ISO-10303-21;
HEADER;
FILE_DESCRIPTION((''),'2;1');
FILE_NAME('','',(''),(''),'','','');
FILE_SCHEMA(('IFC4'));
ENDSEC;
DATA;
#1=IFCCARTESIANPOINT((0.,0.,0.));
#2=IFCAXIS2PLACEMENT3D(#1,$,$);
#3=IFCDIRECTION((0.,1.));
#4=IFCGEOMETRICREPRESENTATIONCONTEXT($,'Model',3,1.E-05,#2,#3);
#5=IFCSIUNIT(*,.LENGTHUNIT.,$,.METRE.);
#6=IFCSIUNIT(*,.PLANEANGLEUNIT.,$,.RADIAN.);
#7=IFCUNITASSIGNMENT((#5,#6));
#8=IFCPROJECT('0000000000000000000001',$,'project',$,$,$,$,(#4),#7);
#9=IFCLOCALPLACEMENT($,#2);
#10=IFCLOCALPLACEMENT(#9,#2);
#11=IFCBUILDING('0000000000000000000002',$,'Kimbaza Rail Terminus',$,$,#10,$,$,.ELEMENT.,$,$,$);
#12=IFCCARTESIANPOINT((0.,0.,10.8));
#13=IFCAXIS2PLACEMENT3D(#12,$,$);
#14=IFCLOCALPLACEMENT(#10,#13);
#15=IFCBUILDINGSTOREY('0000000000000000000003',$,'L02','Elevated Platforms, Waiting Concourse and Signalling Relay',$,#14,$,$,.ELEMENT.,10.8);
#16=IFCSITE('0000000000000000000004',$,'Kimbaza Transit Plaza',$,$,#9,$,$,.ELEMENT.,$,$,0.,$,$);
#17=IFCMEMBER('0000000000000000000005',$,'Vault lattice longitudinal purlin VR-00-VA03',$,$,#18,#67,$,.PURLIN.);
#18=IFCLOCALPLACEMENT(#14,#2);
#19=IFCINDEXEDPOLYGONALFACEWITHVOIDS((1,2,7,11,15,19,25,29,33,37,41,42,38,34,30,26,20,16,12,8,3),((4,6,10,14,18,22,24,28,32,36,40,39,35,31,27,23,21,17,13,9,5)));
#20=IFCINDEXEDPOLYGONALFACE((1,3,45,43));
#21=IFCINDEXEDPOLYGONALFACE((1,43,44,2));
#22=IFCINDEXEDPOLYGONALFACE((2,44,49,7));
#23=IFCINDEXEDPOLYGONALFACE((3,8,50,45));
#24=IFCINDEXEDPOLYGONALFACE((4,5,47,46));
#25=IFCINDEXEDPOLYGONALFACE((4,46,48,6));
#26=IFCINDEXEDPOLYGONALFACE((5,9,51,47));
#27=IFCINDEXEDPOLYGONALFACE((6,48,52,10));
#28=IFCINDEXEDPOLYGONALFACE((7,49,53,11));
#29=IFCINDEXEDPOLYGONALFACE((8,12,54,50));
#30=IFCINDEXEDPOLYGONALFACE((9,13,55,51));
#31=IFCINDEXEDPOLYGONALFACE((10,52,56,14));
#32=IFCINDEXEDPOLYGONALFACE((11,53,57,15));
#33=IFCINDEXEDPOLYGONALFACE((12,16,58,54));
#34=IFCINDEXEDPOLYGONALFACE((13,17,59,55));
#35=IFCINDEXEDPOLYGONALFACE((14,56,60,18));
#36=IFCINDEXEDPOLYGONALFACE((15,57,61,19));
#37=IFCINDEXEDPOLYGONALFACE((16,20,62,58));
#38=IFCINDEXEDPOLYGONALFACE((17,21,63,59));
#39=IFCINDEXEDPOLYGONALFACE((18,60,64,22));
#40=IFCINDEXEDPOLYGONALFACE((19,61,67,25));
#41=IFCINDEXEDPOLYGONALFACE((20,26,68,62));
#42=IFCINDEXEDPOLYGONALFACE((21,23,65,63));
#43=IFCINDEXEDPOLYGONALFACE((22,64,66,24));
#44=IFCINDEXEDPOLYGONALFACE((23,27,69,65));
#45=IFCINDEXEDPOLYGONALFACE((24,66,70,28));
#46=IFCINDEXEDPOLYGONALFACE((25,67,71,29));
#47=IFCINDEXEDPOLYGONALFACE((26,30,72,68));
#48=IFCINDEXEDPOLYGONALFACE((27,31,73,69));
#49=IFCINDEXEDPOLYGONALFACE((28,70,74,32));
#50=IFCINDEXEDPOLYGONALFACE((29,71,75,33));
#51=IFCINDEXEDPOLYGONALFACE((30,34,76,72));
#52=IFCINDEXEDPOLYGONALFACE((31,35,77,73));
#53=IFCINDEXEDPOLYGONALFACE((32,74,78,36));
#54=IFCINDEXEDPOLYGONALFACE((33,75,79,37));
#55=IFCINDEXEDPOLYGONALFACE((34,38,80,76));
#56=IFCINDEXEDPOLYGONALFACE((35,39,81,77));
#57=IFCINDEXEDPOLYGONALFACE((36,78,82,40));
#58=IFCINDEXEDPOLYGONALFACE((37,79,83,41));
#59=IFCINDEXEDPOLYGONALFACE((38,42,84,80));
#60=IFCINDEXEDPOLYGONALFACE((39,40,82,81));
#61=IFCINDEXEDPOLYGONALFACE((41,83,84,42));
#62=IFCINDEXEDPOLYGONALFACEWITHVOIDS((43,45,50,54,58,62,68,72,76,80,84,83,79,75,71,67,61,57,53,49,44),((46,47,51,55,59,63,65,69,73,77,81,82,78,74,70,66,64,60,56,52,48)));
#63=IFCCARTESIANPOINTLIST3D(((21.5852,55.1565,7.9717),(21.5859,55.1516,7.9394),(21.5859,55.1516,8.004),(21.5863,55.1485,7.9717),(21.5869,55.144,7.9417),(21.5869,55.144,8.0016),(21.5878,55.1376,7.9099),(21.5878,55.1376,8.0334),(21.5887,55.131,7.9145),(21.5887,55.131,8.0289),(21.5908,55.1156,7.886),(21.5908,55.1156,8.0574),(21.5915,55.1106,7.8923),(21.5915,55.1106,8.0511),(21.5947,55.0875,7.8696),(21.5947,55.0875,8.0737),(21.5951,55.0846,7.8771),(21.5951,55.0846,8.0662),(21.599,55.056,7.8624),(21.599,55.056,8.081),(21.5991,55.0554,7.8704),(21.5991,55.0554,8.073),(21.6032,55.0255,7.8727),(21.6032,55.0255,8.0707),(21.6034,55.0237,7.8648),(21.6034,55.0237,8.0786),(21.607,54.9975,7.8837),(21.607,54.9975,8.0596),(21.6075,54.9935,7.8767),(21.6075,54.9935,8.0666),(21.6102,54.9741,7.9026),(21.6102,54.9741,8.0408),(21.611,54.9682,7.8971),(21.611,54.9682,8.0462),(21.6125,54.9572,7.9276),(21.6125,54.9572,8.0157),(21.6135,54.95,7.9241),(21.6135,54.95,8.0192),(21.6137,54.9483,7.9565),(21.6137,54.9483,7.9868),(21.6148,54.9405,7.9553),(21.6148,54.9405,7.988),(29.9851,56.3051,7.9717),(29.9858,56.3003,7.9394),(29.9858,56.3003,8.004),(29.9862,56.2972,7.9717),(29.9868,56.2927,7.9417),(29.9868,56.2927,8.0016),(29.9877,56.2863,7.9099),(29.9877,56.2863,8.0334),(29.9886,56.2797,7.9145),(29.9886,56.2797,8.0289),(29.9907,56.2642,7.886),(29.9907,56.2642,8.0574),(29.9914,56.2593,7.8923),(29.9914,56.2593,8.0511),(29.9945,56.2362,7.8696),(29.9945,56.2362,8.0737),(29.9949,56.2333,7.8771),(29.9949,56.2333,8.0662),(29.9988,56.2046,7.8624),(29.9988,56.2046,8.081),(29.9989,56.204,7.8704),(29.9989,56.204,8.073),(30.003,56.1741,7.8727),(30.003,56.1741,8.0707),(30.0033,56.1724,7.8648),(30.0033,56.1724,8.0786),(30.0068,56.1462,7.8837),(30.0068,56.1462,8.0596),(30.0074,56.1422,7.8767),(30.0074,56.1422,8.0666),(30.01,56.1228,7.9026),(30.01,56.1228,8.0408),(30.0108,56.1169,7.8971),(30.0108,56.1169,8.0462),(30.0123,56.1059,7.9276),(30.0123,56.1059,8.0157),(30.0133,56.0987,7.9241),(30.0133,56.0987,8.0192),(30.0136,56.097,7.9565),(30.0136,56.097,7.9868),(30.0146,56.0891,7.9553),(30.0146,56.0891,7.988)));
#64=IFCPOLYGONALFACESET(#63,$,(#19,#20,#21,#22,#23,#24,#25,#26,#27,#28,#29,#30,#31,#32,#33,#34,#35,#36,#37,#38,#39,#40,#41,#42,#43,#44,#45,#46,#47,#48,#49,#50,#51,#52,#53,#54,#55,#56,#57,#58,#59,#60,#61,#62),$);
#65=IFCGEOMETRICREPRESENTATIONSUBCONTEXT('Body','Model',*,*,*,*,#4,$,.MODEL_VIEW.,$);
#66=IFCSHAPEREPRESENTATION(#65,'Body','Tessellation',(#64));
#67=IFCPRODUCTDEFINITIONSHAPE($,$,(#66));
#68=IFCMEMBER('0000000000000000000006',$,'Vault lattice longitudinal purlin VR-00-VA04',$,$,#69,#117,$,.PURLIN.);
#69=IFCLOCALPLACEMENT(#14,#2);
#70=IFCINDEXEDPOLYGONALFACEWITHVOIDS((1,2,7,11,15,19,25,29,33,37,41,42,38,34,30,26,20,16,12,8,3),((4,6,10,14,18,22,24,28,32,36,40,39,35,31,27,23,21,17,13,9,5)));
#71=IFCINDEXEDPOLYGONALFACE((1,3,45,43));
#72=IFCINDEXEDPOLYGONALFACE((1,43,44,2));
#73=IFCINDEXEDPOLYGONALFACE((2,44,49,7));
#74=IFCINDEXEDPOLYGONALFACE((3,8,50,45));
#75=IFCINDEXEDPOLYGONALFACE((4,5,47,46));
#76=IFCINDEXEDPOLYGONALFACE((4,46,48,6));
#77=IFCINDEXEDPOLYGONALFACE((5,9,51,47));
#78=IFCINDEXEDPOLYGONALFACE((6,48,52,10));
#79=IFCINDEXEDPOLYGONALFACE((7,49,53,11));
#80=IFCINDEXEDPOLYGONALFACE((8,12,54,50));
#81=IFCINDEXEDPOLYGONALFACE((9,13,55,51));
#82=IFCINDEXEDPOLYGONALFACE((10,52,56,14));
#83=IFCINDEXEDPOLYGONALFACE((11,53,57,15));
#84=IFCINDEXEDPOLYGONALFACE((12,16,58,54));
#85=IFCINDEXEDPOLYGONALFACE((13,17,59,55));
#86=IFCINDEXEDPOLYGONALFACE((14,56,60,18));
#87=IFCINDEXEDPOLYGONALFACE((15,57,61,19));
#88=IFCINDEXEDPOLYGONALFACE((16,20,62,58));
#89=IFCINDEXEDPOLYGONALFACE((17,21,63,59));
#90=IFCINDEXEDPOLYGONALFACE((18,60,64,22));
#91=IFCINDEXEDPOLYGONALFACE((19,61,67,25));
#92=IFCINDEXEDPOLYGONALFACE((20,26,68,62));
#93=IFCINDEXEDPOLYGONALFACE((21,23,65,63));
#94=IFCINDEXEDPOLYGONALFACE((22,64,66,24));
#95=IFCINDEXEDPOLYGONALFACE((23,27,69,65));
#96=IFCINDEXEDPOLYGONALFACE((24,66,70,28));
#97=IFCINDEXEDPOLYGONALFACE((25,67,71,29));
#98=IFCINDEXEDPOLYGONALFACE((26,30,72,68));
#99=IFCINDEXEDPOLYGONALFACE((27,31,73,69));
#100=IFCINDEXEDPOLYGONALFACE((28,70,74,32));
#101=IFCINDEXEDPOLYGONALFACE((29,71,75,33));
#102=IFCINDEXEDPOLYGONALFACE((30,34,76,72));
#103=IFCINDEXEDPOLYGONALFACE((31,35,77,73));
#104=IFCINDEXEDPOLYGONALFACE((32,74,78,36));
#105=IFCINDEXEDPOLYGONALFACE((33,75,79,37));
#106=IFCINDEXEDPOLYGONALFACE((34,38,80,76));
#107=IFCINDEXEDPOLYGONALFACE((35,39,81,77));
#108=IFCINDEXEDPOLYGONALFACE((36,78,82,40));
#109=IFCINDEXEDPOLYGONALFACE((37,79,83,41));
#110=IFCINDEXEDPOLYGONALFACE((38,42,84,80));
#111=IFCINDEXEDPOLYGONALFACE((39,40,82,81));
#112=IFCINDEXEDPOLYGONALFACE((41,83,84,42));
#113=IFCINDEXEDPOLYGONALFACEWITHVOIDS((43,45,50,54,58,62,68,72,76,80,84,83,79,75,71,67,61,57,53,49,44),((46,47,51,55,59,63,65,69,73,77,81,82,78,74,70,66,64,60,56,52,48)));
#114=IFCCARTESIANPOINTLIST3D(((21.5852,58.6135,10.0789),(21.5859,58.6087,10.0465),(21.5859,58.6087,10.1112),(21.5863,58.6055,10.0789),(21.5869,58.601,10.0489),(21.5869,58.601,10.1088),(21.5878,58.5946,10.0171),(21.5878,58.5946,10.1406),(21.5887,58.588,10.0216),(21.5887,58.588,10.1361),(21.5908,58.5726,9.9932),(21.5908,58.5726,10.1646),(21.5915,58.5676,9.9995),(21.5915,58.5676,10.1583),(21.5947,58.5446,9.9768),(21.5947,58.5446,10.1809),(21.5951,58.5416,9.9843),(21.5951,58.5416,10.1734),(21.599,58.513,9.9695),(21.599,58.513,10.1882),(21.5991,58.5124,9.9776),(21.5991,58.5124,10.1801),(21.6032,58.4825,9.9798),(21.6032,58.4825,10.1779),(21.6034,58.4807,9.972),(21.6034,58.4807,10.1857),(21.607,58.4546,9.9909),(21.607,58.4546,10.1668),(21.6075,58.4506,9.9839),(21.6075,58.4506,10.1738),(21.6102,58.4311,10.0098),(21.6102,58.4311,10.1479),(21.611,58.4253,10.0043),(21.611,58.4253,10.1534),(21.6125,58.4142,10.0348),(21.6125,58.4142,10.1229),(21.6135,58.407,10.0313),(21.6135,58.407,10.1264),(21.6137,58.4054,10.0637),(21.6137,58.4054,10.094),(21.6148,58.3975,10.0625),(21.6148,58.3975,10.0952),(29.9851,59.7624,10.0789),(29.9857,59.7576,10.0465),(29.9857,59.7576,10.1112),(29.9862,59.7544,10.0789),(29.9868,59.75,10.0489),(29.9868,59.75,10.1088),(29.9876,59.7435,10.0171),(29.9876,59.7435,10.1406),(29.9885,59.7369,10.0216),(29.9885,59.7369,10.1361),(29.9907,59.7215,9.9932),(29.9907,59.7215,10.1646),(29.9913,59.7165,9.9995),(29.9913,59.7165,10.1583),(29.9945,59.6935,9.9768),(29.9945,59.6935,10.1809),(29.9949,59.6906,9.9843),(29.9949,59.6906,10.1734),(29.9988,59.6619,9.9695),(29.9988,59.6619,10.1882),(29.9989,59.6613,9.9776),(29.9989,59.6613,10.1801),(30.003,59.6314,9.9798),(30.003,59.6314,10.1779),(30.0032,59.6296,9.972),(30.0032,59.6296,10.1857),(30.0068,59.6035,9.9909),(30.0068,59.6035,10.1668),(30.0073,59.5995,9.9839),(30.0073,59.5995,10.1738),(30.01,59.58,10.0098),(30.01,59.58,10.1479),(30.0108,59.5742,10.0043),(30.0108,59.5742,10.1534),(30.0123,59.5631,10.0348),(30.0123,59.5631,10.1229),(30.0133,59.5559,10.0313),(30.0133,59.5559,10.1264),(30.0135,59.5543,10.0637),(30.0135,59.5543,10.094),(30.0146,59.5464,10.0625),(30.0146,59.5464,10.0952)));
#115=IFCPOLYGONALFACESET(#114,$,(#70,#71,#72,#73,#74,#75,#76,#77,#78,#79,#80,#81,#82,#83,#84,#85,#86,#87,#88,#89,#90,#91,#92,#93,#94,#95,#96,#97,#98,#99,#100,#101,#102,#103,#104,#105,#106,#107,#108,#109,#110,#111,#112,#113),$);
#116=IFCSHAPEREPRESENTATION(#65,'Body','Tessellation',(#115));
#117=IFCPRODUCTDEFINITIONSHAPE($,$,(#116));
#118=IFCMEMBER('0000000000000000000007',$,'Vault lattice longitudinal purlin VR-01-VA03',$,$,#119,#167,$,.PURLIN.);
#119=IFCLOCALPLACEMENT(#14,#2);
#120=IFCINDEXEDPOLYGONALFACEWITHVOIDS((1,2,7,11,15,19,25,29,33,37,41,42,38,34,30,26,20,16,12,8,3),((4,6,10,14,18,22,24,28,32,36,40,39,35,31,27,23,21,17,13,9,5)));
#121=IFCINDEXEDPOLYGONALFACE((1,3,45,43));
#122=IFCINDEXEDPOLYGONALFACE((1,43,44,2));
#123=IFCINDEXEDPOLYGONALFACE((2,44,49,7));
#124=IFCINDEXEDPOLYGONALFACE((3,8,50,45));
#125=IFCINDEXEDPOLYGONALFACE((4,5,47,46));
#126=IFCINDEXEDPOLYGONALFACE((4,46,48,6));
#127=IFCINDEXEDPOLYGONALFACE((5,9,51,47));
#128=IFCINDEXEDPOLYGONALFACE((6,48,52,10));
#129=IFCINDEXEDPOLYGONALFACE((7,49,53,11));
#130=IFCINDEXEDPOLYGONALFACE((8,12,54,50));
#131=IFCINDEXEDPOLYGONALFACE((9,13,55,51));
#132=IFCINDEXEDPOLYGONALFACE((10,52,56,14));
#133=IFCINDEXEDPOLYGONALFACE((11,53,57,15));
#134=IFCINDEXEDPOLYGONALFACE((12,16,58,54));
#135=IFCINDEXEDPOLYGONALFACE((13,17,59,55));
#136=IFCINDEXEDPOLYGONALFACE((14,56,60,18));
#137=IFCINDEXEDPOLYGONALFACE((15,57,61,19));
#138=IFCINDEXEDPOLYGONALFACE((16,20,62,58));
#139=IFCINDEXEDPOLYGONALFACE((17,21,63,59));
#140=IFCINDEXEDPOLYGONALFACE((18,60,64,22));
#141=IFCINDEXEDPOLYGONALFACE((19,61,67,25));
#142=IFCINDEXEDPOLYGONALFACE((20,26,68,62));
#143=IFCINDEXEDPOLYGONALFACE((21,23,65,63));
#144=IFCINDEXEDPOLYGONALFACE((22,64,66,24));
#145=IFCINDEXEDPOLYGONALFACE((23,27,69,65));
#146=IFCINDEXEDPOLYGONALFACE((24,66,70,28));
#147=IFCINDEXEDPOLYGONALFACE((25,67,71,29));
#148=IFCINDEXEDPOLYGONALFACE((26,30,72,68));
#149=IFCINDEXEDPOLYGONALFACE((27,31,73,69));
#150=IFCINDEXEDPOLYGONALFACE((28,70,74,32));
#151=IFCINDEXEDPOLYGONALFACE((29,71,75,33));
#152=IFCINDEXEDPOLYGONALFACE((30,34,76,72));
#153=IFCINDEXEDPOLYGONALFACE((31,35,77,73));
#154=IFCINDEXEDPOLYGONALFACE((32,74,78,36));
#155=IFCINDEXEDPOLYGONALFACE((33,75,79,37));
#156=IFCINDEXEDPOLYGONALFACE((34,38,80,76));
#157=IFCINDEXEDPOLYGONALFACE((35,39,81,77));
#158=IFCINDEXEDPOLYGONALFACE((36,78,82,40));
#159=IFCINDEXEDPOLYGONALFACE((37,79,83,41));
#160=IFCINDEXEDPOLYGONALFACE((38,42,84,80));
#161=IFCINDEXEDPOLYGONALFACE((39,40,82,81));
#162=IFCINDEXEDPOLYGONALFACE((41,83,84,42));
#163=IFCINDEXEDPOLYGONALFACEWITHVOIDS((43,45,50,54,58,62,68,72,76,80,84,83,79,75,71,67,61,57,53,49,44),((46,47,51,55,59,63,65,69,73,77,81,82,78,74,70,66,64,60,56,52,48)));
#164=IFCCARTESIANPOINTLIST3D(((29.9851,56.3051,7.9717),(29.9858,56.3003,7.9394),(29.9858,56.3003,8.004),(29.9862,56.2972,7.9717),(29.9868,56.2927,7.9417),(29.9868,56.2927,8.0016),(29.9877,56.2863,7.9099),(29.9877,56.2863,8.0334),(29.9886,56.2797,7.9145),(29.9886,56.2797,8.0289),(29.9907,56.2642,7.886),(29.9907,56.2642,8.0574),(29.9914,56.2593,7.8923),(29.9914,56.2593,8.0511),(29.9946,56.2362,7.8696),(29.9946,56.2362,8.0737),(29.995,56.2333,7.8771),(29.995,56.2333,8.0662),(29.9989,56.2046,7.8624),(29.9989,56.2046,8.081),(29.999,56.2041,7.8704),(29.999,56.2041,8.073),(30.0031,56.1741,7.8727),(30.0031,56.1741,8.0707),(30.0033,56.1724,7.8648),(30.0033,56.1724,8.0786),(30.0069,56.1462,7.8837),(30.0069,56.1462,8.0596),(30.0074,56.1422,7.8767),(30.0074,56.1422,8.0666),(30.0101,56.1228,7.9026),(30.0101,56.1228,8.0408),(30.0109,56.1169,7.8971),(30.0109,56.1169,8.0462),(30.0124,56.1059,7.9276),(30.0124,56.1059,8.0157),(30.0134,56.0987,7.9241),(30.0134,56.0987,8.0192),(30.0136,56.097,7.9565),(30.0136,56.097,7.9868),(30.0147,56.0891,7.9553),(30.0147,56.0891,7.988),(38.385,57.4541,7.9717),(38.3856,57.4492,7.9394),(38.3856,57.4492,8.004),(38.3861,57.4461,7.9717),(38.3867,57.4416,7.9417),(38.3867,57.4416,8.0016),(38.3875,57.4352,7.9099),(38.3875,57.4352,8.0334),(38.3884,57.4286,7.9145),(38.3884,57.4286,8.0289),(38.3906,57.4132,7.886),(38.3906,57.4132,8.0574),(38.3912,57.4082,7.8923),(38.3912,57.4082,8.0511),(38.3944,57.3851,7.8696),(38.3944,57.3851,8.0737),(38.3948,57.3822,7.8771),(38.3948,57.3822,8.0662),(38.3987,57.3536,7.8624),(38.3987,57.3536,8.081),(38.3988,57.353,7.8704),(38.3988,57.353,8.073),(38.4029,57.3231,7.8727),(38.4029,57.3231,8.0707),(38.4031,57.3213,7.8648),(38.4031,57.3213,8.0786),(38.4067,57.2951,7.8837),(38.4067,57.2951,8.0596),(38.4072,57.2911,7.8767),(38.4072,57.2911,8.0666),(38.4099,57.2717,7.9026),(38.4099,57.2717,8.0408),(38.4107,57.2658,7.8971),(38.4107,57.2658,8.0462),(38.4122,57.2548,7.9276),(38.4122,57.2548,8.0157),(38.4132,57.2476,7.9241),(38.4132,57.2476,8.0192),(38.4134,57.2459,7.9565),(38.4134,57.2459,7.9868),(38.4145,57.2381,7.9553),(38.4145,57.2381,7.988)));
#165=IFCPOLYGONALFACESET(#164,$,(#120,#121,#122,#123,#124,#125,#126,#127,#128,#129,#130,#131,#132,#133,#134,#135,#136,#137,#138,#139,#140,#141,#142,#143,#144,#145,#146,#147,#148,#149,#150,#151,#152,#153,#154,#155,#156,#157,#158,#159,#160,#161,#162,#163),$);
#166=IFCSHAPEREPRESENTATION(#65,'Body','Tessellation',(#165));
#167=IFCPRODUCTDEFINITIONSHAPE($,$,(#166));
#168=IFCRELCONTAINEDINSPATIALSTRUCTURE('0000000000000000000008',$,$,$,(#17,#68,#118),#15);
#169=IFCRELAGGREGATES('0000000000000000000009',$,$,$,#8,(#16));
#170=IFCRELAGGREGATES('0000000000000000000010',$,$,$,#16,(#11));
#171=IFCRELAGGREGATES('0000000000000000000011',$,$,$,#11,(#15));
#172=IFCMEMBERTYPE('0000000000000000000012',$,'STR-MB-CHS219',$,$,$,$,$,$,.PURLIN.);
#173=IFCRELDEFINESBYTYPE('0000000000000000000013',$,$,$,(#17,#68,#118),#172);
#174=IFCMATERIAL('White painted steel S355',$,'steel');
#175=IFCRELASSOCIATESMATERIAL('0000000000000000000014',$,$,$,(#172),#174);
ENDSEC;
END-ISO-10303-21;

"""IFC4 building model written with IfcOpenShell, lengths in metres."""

from ifc_helpers import new_model, si_unit, direction, frame, origin, origin_2d, place, context, subcontext, project, spatial, hollow_circle, extrude, material, material_profile, profile_set, type_object, element, save


model = new_model("IFC4")

# Units and contexts
model_context = context("Model", 3, precision=1e-05, world=origin(), true_north=direction((0.0, 1.0)))
body_context = subcontext(model_context, "Body", "Model", "MODEL_VIEW")
ifc_project = project(units=[si_unit("LENGTHUNIT", "METRE"), si_unit("PLANEANGLEUNIT", "RADIAN")], contexts=[model_context])

# Site, building, storey
site_placement = place(None, origin())
site = spatial("IfcSite", under=ifc_project, at=site_placement, Name="Kimbaza Transit Plaza", CompositionType="ELEMENT", RefElevation=0.0)
building_placement = place(site_placement, origin())
building = spatial("IfcBuilding", under=site, at=building_placement, Name="Kimbaza Rail Terminus", CompositionType="ELEMENT")
storey_placement = place(building_placement, frame((0.0, 0.0, 10.8)))
storey = spatial("IfcBuildingStorey", under=building, at=storey_placement, Name="L02", Description="Elevated Platforms, Waiting Concourse and Signalling Relay", CompositionType="ELEMENT", Elevation=10.8)

# Members
ifc_material_1 = material(Name="White painted steel S355", Category="steel")
ifc_material_profile_1 = material_profile(ifc_material_1, hollow_circle(Radius=0.1096, WallThickness=0.0081, at=origin_2d()), Name="CHS 219.1x8")
ifc_profile_set_1 = profile_set([ifc_material_profile_1], Name="White painted steel S355")
member_type_1 = type_object("IfcMemberType", Name="STR-MB-CHS219", PredefinedType="PURLIN", material=ifc_profile_set_1)
for number, where, z_axis, x_axis, name in (
    (1, (21.6001, 55.0479, 7.9717), (0.990779, 0.135488, 0.0), (-0.135488, 0.990779, 0.0), "Vault lattice longitudinal purlin VR-00-VA03"),
    (2, (21.6001, 58.5049, 10.0789), (0.990775, 0.135517, 0.0), (-0.135517, 0.990775, 0.0), "Vault lattice longitudinal purlin VR-00-VA04"),
    (3, (30.0, 56.1965, 7.9717), (0.990775, 0.135517, 0.0), (-0.135517, 0.990775, 0.0), "Vault lattice longitudinal purlin VR-01-VA03"),
):
    element("IfcMember", number, at=place(storey_placement, frame(where, z_axis=z_axis, x_axis=x_axis)), inside=storey, type_object=member_type_1, Name=name, PredefinedType="PURLIN", context=body_context, shape_type="SweptSolid", body=[
        extrude(hollow_circle(Radius=0.1096, WallThickness=0.0081, at=origin_2d()), origin(), (0.0, 0.0, 1.0), 8.478),
    ])

save(model, "model.ifc")
